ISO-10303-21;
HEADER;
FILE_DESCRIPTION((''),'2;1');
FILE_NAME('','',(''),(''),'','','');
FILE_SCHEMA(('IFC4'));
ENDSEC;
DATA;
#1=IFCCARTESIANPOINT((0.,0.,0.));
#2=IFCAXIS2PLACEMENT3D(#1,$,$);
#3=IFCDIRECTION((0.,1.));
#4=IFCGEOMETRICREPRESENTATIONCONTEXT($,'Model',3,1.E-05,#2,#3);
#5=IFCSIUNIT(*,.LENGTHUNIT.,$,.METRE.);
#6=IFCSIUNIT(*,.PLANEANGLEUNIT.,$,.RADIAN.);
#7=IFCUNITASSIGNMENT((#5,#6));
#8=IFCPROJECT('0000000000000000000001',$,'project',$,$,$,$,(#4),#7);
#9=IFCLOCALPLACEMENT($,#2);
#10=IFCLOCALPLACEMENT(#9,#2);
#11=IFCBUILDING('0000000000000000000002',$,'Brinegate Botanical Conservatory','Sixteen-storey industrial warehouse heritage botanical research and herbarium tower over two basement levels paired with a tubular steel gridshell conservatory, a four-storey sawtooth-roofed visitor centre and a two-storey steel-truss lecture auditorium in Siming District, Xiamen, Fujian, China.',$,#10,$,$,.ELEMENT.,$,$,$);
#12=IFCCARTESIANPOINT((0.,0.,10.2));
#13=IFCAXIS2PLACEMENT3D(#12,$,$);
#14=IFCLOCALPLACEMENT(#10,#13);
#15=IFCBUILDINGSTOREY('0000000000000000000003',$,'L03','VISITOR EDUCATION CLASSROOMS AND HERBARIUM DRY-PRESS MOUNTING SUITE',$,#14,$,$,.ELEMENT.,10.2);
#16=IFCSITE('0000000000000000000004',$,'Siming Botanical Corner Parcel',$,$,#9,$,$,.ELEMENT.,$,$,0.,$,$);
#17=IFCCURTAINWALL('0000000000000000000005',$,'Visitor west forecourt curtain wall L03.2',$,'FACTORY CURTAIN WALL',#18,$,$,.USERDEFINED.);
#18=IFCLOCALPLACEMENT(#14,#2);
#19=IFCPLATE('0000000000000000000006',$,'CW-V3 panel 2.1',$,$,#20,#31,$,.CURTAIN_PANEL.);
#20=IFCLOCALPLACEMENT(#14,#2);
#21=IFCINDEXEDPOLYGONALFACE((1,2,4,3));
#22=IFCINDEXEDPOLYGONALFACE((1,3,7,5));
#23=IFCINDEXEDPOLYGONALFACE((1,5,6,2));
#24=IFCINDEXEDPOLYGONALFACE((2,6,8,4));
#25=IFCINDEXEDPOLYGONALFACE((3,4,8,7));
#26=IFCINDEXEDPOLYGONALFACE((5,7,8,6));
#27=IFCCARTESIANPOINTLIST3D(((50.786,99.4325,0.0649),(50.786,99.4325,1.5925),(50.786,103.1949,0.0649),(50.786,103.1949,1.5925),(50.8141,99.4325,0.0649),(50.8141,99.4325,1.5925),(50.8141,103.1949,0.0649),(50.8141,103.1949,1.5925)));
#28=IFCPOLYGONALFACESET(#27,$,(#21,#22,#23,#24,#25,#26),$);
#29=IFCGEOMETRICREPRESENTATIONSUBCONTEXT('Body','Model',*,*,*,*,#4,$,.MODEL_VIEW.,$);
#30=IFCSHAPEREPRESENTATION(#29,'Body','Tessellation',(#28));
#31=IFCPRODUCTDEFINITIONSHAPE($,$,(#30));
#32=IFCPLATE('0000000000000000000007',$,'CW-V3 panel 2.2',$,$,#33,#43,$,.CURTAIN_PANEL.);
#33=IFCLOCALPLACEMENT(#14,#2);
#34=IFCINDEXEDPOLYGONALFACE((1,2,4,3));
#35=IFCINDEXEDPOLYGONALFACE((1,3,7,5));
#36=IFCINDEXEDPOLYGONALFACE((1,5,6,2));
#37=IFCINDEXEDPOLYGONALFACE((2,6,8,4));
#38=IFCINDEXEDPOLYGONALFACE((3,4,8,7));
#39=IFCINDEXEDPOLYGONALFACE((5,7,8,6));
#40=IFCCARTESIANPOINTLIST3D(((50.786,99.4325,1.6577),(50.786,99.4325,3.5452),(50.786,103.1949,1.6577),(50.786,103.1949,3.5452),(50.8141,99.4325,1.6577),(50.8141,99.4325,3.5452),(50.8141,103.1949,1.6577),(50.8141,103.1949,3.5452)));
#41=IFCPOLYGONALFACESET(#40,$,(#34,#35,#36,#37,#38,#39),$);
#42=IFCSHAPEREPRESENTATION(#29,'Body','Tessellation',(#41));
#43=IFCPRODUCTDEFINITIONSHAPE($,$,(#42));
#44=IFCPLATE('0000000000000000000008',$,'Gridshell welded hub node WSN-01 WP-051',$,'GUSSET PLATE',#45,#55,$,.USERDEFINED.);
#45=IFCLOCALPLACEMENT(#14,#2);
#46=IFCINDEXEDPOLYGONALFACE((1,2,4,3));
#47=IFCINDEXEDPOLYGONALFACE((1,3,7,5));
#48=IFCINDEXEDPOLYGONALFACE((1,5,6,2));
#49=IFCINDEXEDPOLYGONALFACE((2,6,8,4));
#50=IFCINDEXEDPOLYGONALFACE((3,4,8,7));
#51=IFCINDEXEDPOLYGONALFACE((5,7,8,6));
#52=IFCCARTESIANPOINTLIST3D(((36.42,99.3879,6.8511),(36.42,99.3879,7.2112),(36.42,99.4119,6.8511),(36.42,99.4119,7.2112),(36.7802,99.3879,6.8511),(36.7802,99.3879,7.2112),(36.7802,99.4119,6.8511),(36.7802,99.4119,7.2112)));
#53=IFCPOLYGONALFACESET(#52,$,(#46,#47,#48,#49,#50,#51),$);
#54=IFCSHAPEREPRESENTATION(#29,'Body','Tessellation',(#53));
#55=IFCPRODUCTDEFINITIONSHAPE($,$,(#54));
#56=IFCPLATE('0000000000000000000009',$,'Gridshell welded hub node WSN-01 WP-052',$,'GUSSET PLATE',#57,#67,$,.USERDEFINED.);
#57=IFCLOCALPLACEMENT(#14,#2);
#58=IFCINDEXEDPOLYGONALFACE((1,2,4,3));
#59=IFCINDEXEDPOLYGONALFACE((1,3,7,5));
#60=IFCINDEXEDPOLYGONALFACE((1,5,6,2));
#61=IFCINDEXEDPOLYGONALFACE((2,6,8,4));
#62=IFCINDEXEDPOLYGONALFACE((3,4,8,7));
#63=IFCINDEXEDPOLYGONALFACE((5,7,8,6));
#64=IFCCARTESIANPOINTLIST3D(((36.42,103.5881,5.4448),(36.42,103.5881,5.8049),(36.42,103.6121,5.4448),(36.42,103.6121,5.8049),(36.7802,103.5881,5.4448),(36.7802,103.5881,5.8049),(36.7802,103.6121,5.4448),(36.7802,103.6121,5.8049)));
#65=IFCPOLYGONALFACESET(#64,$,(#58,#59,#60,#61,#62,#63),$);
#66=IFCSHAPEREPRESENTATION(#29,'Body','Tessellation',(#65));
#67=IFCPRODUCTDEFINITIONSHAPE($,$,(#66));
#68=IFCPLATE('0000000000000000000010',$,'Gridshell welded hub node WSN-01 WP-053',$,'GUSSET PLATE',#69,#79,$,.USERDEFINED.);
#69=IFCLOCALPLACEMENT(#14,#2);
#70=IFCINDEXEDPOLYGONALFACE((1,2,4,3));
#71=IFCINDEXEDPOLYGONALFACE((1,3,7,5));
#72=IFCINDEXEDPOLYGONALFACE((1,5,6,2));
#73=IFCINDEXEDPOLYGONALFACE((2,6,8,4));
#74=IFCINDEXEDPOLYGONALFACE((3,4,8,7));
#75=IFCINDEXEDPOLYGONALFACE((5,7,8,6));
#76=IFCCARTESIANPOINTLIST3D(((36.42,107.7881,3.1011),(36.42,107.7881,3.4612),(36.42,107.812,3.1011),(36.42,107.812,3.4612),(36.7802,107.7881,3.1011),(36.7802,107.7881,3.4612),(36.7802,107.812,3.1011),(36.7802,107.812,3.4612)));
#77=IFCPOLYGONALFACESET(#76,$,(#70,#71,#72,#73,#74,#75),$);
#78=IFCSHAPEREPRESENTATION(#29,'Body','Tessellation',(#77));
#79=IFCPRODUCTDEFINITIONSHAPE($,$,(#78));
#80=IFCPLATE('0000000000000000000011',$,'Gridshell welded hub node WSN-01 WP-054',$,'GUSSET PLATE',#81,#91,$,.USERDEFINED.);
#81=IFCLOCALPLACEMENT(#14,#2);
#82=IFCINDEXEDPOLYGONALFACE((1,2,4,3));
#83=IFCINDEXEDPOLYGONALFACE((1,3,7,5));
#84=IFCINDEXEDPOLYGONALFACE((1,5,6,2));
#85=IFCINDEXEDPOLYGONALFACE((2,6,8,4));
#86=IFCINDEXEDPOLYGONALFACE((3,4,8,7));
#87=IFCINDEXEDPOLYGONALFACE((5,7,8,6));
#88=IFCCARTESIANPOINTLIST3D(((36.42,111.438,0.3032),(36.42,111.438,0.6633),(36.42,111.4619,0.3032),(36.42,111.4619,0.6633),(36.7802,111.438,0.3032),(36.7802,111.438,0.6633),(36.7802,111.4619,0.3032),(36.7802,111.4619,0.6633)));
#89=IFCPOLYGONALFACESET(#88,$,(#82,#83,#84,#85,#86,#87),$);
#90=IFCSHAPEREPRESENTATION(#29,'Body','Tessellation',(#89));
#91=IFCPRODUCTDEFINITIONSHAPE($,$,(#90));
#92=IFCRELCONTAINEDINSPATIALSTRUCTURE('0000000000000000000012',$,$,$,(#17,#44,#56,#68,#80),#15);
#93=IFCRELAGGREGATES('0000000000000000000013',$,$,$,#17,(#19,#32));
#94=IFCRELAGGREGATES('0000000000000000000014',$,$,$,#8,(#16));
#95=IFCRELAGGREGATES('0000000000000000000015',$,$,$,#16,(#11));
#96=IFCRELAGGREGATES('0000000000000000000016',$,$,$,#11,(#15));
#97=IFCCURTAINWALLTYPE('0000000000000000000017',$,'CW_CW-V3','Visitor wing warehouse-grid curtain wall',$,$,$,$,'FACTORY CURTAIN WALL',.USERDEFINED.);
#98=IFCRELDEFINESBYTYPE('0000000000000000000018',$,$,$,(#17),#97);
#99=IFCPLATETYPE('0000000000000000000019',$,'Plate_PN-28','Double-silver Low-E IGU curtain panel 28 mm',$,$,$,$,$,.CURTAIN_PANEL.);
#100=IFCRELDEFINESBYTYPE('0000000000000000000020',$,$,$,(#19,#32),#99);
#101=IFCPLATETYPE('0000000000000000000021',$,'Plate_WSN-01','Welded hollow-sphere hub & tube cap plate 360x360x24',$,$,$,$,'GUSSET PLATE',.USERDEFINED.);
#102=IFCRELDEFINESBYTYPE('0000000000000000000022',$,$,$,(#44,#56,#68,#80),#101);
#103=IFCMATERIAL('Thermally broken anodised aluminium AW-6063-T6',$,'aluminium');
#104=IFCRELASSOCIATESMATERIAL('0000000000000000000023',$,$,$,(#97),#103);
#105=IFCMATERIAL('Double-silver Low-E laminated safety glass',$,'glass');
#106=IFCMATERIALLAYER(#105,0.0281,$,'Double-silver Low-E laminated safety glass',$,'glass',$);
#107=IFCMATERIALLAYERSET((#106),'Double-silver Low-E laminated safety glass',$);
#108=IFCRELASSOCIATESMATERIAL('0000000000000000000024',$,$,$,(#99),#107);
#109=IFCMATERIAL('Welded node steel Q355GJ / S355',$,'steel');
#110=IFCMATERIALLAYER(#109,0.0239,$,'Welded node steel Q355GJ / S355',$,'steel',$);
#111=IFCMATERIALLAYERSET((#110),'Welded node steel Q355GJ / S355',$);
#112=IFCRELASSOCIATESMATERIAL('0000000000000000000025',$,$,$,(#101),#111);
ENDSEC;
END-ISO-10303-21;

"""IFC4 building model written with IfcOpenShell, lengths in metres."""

from ifc_helpers import new_model, si_unit, direction, frame, origin, origin_2d, place, context, subcontext, project, spatial, rectangle, extrude, material, layer, layer_set, type_object, element, aggregate, save


model = new_model("IFC4")

# Units and contexts
model_context = context("Model", 3, precision=1e-05, world=origin(), true_north=direction((0.0, 1.0)))
body_context = subcontext(model_context, "Body", "Model", "MODEL_VIEW")
ifc_project = project(units=[si_unit("LENGTHUNIT", "METRE"), si_unit("PLANEANGLEUNIT", "RADIAN")], contexts=[model_context])

# Site, building, storey
site_placement = place(None, origin())
site = spatial("IfcSite", under=ifc_project, at=site_placement, Name="Siming Botanical Corner Parcel", CompositionType="ELEMENT", RefElevation=0.0)
building_placement = place(site_placement, origin())
building = spatial("IfcBuilding", under=site, at=building_placement, Name="Brinegate Botanical Conservatory", Description="Sixteen-storey industrial warehouse heritage botanical research and herbarium tower over two basement levels paired with a tubular steel gridshell conservatory, a four-storey sawtooth-roofed visitor centre and a two-storey steel-truss lecture auditorium in Siming District, Xiamen, Fujian, China.", CompositionType="ELEMENT")
storey_placement = place(building_placement, frame((0.0, 0.0, 10.2)))
storey = spatial("IfcBuildingStorey", under=building, at=storey_placement, Name="L03", Description="VISITOR EDUCATION CLASSROOMS AND HERBARIUM DRY-PRESS MOUNTING SUITE", CompositionType="ELEMENT", Elevation=10.2)

# Curtain wall
ifc_material_1 = material(Name="Thermally broken anodised aluminium AW-6063-T6", Category="aluminium")
curtain_wall_type = type_object("IfcCurtainWallType", Name="CW_CW-V3", Description="Visitor wing warehouse-grid curtain wall", ElementType="FACTORY CURTAIN WALL", PredefinedType="USERDEFINED", material=ifc_material_1)
curtain_wall_1_placement = place(storey_placement, origin())
curtain_wall_1 = element("IfcCurtainWall", 1, at=curtain_wall_1_placement, inside=storey, type_object=curtain_wall_type, Name="Visitor west forecourt curtain wall L03.2", ObjectType="FACTORY CURTAIN WALL", PredefinedType="USERDEFINED")

# Shared definitions
ifc_material_2 = material(Name="Welded node steel Q355GJ / S355", Category="steel")

# Plates
ifc_material_3 = material(Name="Double-silver Low-E laminated safety glass", Category="glass")
ifc_layer_1 = layer(ifc_material_3, 0.0281, Name="Double-silver Low-E laminated safety glass", Category="glass")
ifc_layer_set_1 = layer_set([ifc_layer_1], Name="Double-silver Low-E laminated safety glass")
plate_type_1 = type_object("IfcPlateType", Name="Plate_PN-28", Description="Double-silver Low-E IGU curtain panel 28 mm", PredefinedType="CURTAIN_PANEL", material=ifc_layer_set_1)
plate_1_placement = place(storey_placement, frame((50.8, 101.3137, 0.0649), z_axis=(0.0, 0.0, 1.0), x_axis=(0.0, 1.0, 0.0)))
plate_1 = element("IfcPlate", 2, at=plate_1_placement, type_object=plate_type_1, Name="CW-V3 panel 2.1", PredefinedType="CURTAIN_PANEL", context=body_context, shape_type="SweptSolid", body=[
    extrude(rectangle(XDim=3.7625, YDim=0.0281, at=origin_2d()), origin(), (0.0, 0.0, 1.0), 1.5276),
])
plate_2_placement = place(storey_placement, frame((50.8, 101.3137, 1.6577), z_axis=(0.0, 0.0, 1.0), x_axis=(0.0, 1.0, 0.0)))
plate_2 = element("IfcPlate", 3, at=plate_2_placement, type_object=plate_type_1, Name="CW-V3 panel 2.2", PredefinedType="CURTAIN_PANEL", context=body_context, shape_type="SweptSolid", body=[
    extrude(rectangle(XDim=3.7625, YDim=0.0281, at=origin_2d()), origin(), (0.0, 0.0, 1.0), 1.8875),
])
aggregate(curtain_wall_1, [plate_1, plate_2])

# Plates
ifc_layer_2 = layer(ifc_material_2, 0.0239, Name="Welded node steel Q355GJ / S355", Category="steel")
ifc_layer_set_2 = layer_set([ifc_layer_2], Name="Welded node steel Q355GJ / S355")
plate_type_2 = type_object("IfcPlateType", Name="Plate_WSN-01", Description="Welded hollow-sphere hub & tube cap plate 360x360x24", ElementType="GUSSET PLATE", PredefinedType="USERDEFINED", material=ifc_layer_set_2)
for number, where, z_axis, x_axis, name in (
    (4, (36.6001, 99.3999, 6.8511), (0.0, 0.0, 1.0), (1.0, 0.0, 0.0), "Gridshell welded hub node WSN-01 WP-051"),
    (5, (36.6001, 103.6001, 5.4448), (0.0, 0.0, 1.0), (1.0, 0.0, 0.0), "Gridshell welded hub node WSN-01 WP-052"),
    (6, (36.6001, 107.8, 3.1011), (0.0, 0.0, 1.0), (1.0, 0.0, 0.0), "Gridshell welded hub node WSN-01 WP-053"),
    (7, (36.6001, 111.45, 0.3032), (0.0, 0.0, 1.0), (1.0, 0.0, 0.0), "Gridshell welded hub node WSN-01 WP-054"),
):
    element("IfcPlate", number, at=place(storey_placement, frame(where, z_axis=z_axis, x_axis=x_axis)), inside=storey, type_object=plate_type_2, Name=name, ObjectType="GUSSET PLATE", PredefinedType="USERDEFINED", context=body_context, shape_type="SweptSolid", body=[
        extrude(rectangle(XDim=0.3601, YDim=0.0239, at=origin_2d()), origin(), (0.0, 0.0, 1.0), 0.3601),
    ])

save(model, "model.ifc")
